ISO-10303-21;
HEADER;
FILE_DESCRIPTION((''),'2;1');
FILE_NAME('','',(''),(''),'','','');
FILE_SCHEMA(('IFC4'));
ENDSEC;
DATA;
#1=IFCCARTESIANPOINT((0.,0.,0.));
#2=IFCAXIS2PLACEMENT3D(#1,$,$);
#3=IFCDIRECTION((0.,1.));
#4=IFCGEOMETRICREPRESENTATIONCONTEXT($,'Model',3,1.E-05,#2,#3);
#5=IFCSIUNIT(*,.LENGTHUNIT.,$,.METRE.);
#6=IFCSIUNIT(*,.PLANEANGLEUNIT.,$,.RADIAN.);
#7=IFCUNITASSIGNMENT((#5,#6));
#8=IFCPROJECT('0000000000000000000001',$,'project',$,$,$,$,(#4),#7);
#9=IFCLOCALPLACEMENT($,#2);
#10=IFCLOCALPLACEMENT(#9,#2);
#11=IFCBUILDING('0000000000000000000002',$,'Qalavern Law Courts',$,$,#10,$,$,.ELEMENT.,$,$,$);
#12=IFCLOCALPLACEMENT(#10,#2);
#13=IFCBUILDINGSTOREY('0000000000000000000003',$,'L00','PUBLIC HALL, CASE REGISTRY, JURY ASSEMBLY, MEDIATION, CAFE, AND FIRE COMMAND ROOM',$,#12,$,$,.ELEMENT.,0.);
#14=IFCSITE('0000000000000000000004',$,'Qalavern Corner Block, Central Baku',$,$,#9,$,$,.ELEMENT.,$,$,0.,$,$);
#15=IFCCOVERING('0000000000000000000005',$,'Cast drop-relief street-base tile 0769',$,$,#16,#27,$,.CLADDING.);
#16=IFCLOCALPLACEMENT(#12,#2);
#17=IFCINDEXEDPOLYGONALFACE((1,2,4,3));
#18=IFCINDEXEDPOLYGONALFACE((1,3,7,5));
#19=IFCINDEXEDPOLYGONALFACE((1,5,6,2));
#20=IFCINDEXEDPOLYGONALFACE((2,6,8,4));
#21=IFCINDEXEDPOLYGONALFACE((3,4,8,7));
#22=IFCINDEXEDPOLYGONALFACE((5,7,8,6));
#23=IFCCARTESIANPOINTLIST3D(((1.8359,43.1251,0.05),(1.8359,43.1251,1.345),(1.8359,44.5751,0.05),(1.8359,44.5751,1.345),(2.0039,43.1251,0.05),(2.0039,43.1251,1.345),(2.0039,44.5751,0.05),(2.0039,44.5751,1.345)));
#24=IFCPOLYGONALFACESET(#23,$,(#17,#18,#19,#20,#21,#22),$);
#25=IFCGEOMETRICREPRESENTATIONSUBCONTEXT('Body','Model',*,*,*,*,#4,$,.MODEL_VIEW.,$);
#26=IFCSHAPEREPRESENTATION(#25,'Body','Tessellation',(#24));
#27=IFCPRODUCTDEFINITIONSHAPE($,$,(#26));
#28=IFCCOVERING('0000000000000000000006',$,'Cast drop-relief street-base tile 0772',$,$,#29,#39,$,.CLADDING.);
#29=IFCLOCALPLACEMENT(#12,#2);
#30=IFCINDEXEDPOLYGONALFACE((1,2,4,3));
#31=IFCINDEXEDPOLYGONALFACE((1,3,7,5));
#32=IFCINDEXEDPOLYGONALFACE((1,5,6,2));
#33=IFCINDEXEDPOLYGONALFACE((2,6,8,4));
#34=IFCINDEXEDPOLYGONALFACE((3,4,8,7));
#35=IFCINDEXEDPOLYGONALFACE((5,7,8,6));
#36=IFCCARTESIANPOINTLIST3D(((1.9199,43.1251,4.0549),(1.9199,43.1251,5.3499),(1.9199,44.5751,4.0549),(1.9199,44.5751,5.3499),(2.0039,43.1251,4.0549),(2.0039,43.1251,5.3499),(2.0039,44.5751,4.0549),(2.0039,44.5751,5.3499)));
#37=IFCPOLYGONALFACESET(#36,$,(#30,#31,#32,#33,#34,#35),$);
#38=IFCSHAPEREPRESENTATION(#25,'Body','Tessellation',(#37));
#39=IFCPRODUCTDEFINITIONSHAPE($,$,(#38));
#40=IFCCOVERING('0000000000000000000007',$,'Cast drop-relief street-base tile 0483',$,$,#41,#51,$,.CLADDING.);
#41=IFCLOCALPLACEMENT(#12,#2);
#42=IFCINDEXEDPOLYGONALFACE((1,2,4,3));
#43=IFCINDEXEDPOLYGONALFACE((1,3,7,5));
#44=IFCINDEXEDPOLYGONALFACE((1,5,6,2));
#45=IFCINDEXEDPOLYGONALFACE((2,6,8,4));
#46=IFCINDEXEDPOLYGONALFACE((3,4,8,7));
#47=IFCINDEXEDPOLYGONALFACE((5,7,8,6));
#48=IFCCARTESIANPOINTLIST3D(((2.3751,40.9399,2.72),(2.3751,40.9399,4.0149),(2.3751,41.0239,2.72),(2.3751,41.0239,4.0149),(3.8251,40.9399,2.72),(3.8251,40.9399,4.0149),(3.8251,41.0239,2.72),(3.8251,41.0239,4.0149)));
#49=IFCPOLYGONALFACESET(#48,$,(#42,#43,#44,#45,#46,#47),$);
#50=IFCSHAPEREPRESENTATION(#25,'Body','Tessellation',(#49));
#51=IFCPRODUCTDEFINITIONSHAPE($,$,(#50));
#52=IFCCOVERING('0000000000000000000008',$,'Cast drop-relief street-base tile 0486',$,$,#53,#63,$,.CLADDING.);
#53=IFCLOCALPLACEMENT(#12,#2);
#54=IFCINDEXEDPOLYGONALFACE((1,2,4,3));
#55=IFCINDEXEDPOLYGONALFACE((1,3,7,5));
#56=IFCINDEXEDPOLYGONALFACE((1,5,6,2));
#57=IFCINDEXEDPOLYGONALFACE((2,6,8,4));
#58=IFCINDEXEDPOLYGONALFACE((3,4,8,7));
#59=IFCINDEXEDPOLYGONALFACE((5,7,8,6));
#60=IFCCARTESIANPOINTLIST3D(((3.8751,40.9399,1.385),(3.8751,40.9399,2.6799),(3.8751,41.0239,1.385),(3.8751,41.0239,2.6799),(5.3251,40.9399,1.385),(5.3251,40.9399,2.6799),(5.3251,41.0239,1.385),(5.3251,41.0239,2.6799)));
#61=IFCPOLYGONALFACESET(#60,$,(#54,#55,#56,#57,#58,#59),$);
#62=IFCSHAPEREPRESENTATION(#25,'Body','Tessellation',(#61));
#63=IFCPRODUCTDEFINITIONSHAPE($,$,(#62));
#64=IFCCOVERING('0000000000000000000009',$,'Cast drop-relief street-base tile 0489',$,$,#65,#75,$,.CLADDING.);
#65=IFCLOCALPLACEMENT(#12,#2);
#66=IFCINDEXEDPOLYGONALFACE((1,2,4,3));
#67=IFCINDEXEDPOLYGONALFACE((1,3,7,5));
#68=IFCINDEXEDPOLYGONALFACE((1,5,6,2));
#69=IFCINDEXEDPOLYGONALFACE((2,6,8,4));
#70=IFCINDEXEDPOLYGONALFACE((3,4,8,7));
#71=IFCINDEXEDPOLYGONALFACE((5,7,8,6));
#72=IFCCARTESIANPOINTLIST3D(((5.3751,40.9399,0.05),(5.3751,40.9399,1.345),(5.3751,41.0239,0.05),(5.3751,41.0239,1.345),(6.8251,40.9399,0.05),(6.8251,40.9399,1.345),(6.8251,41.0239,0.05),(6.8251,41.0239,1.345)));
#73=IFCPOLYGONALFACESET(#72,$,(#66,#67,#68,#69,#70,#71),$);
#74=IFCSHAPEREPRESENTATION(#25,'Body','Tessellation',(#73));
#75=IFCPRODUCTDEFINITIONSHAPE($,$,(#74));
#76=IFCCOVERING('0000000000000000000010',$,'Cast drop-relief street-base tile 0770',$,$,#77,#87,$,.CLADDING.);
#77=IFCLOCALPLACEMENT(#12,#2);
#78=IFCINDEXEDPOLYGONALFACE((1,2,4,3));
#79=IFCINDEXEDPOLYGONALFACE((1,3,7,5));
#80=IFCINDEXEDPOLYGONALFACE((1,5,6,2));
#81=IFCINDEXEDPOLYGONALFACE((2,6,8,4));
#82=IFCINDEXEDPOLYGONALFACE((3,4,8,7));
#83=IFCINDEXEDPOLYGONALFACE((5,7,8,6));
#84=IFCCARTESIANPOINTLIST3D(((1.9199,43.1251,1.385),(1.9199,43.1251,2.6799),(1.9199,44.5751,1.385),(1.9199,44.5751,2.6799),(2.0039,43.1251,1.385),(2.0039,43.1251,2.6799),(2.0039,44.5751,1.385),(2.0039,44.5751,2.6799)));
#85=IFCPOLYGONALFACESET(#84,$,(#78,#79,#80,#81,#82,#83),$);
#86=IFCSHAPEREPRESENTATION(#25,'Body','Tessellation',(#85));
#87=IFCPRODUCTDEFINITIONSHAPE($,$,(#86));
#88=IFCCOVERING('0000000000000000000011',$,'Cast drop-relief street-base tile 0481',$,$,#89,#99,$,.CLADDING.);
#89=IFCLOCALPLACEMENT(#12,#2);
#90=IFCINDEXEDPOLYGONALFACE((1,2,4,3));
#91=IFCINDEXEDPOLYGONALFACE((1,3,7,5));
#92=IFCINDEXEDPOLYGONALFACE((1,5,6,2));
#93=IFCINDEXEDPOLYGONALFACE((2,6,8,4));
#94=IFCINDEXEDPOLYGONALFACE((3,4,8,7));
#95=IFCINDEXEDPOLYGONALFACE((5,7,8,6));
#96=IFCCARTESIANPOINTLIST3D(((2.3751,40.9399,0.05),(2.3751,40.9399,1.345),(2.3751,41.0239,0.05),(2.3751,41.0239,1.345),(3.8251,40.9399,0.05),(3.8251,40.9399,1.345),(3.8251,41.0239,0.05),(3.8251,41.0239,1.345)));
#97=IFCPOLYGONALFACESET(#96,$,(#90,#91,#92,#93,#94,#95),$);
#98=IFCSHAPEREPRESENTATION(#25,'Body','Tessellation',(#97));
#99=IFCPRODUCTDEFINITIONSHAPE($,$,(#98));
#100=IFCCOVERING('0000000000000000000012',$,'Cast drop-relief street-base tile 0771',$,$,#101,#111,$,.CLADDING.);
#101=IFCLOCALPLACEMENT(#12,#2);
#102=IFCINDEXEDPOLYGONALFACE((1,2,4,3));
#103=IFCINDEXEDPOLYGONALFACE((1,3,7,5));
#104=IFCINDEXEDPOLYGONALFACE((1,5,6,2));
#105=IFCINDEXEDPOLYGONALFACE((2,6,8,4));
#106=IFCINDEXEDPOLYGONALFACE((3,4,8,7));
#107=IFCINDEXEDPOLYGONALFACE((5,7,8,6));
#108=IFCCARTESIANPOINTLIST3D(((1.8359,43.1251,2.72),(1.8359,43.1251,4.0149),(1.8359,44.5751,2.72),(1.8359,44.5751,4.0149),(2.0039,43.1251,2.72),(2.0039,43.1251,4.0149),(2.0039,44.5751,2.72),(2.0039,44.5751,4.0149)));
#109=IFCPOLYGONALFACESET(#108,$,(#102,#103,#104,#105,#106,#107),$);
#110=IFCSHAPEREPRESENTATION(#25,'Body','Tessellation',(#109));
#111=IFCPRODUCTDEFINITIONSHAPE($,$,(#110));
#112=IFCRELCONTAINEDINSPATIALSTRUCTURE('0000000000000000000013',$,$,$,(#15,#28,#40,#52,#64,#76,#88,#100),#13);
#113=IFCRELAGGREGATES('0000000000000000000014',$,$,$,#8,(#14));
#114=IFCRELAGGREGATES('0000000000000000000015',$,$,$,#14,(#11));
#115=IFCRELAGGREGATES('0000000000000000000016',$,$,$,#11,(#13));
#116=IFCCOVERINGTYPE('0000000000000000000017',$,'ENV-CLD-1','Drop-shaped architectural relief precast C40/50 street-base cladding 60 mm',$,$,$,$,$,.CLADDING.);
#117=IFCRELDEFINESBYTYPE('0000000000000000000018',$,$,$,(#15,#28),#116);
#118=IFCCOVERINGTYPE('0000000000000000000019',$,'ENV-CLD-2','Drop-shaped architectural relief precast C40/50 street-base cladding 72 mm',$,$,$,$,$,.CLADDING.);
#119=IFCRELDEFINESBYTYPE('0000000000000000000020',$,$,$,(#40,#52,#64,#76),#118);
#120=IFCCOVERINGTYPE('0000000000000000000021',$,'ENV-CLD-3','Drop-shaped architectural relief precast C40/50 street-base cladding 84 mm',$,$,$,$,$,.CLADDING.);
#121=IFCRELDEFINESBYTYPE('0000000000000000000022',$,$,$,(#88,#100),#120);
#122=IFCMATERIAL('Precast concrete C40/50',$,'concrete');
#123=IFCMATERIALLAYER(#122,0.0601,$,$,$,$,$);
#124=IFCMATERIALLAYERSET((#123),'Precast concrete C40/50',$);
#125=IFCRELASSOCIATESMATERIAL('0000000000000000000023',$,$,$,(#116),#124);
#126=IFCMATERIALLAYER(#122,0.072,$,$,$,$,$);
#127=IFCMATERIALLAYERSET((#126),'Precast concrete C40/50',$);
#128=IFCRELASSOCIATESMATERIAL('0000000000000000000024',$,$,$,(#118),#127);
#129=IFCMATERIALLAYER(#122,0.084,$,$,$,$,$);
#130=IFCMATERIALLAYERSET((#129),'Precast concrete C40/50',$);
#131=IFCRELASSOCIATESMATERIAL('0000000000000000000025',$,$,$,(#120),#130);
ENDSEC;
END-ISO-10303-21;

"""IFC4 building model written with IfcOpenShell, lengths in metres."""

from ifc_helpers import new_model, si_unit, direction, frame, origin, origin_2d, place, context, subcontext, project, spatial, rectangle, extrude, material, layer, layer_set, type_object, element, save


model = new_model("IFC4")

# Units and contexts
model_context = context("Model", 3, precision=1e-05, world=origin(), true_north=direction((0.0, 1.0)))
body_context = subcontext(model_context, "Body", "Model", "MODEL_VIEW")
ifc_project = project(units=[si_unit("LENGTHUNIT", "METRE"), si_unit("PLANEANGLEUNIT", "RADIAN")], contexts=[model_context])

# Site, building, storey
site_placement = place(None, origin())
site = spatial("IfcSite", under=ifc_project, at=site_placement, Name="Qalavern Corner Block, Central Baku", CompositionType="ELEMENT", RefElevation=0.0)
building_placement = place(site_placement, origin())
building = spatial("IfcBuilding", under=site, at=building_placement, Name="Qalavern Law Courts", CompositionType="ELEMENT")
storey_placement = place(building_placement, origin())
storey = spatial("IfcBuildingStorey", under=building, at=storey_placement, Name="L00", Description="PUBLIC HALL, CASE REGISTRY, JURY ASSEMBLY, MEDIATION, CAFE, AND FIRE COMMAND ROOM", CompositionType="ELEMENT", Elevation=0.0)

# Coverings
ifc_material_1 = material(Name="Precast concrete C40/50", Category="concrete")
ifc_layer_1 = layer(ifc_material_1, 0.0601)
ifc_layer_set_1 = layer_set([ifc_layer_1], Name="Precast concrete C40/50")
covering_type_1 = type_object("IfcCoveringType", Name="ENV-CLD-1", Description="Drop-shaped architectural relief precast C40/50 street-base cladding 60 mm", PredefinedType="CLADDING", material=ifc_layer_set_1)
covering_1_placement = place(storey_placement, frame((1.9199, 43.8501, 0.05), z_axis=(0.0, 0.0, 1.0), x_axis=(0.0, -1.0, 0.0)))
element("IfcCovering", 1, at=covering_1_placement, inside=storey, type_object=covering_type_1, Name="Cast drop-relief street-base tile 0769", PredefinedType="CLADDING", context=body_context, shape_type="SweptSolid", body=[
    extrude(rectangle(XDim=1.45, YDim=0.168, at=origin_2d()), origin(), (0.0, 0.0, 1.0), 1.2949),
])
covering_2_placement = place(storey_placement, frame((1.9619, 43.8501, 4.0549), z_axis=(0.0, 0.0, 1.0), x_axis=(0.0, -1.0, 0.0)))
element("IfcCovering", 2, at=covering_2_placement, inside=storey, type_object=covering_type_1, Name="Cast drop-relief street-base tile 0772", PredefinedType="CLADDING", context=body_context, shape_type="SweptSolid", body=[
    extrude(rectangle(XDim=1.45, YDim=0.084, at=origin_2d()), origin(), (0.0, 0.0, 1.0), 1.2949),
])
ifc_layer_2 = layer(ifc_material_1, 0.072)
ifc_layer_set_2 = layer_set([ifc_layer_2], Name="Precast concrete C40/50")
covering_type_2 = type_object("IfcCoveringType", Name="ENV-CLD-2", Description="Drop-shaped architectural relief precast C40/50 street-base cladding 72 mm", PredefinedType="CLADDING", material=ifc_layer_set_2)
for number, where, z_axis, x_axis, name in (
    (3, (3.1001, 40.9819, 2.72), (0.0, 0.0, 1.0), (1.0, 0.0, 0.0), "Cast drop-relief street-base tile 0483"),
    (4, (4.6001, 40.9819, 1.385), (0.0, 0.0, 1.0), (1.0, 0.0, 0.0), "Cast drop-relief street-base tile 0486"),
    (5, (6.1001, 40.9819, 0.05), (0.0, 0.0, 1.0), (1.0, 0.0, 0.0), "Cast drop-relief street-base tile 0489"),
    (6, (1.9619, 43.8501, 1.385), (0.0, 0.0, 1.0), (0.0, -1.0, 0.0), "Cast drop-relief street-base tile 0770"),
):
    element("IfcCovering", number, at=place(storey_placement, frame(where, z_axis=z_axis, x_axis=x_axis)), inside=storey, type_object=covering_type_2, Name=name, PredefinedType="CLADDING", context=body_context, shape_type="SweptSolid", body=[
        extrude(rectangle(XDim=1.45, YDim=0.084, at=origin_2d()), origin(), (0.0, 0.0, 1.0), 1.2949),
    ])
ifc_layer_3 = layer(ifc_material_1, 0.084)
ifc_layer_set_3 = layer_set([ifc_layer_3], Name="Precast concrete C40/50")
covering_type_3 = type_object("IfcCoveringType", Name="ENV-CLD-3", Description="Drop-shaped architectural relief precast C40/50 street-base cladding 84 mm", PredefinedType="CLADDING", material=ifc_layer_set_3)
covering_3_placement = place(storey_placement, frame((3.1001, 40.9819, 0.05), z_axis=(0.0, 0.0, 1.0), x_axis=(1.0, 0.0, 0.0)))
element("IfcCovering", 7, at=covering_3_placement, inside=storey, type_object=covering_type_3, Name="Cast drop-relief street-base tile 0481", PredefinedType="CLADDING", context=body_context, shape_type="SweptSolid", body=[
    extrude(rectangle(XDim=1.45, YDim=0.084, at=origin_2d()), origin(), (0.0, 0.0, 1.0), 1.2949),
])
covering_4_placement = place(storey_placement, frame((1.9199, 43.8501, 2.72), z_axis=(0.0, 0.0, 1.0), x_axis=(0.0, -1.0, 0.0)))
element("IfcCovering", 8, at=covering_4_placement, inside=storey, type_object=covering_type_3, Name="Cast drop-relief street-base tile 0771", PredefinedType="CLADDING", context=body_context, shape_type="SweptSolid", body=[
    extrude(rectangle(XDim=1.45, YDim=0.168, at=origin_2d()), origin(), (0.0, 0.0, 1.0), 1.2949),
])

save(model, "model.ifc")
